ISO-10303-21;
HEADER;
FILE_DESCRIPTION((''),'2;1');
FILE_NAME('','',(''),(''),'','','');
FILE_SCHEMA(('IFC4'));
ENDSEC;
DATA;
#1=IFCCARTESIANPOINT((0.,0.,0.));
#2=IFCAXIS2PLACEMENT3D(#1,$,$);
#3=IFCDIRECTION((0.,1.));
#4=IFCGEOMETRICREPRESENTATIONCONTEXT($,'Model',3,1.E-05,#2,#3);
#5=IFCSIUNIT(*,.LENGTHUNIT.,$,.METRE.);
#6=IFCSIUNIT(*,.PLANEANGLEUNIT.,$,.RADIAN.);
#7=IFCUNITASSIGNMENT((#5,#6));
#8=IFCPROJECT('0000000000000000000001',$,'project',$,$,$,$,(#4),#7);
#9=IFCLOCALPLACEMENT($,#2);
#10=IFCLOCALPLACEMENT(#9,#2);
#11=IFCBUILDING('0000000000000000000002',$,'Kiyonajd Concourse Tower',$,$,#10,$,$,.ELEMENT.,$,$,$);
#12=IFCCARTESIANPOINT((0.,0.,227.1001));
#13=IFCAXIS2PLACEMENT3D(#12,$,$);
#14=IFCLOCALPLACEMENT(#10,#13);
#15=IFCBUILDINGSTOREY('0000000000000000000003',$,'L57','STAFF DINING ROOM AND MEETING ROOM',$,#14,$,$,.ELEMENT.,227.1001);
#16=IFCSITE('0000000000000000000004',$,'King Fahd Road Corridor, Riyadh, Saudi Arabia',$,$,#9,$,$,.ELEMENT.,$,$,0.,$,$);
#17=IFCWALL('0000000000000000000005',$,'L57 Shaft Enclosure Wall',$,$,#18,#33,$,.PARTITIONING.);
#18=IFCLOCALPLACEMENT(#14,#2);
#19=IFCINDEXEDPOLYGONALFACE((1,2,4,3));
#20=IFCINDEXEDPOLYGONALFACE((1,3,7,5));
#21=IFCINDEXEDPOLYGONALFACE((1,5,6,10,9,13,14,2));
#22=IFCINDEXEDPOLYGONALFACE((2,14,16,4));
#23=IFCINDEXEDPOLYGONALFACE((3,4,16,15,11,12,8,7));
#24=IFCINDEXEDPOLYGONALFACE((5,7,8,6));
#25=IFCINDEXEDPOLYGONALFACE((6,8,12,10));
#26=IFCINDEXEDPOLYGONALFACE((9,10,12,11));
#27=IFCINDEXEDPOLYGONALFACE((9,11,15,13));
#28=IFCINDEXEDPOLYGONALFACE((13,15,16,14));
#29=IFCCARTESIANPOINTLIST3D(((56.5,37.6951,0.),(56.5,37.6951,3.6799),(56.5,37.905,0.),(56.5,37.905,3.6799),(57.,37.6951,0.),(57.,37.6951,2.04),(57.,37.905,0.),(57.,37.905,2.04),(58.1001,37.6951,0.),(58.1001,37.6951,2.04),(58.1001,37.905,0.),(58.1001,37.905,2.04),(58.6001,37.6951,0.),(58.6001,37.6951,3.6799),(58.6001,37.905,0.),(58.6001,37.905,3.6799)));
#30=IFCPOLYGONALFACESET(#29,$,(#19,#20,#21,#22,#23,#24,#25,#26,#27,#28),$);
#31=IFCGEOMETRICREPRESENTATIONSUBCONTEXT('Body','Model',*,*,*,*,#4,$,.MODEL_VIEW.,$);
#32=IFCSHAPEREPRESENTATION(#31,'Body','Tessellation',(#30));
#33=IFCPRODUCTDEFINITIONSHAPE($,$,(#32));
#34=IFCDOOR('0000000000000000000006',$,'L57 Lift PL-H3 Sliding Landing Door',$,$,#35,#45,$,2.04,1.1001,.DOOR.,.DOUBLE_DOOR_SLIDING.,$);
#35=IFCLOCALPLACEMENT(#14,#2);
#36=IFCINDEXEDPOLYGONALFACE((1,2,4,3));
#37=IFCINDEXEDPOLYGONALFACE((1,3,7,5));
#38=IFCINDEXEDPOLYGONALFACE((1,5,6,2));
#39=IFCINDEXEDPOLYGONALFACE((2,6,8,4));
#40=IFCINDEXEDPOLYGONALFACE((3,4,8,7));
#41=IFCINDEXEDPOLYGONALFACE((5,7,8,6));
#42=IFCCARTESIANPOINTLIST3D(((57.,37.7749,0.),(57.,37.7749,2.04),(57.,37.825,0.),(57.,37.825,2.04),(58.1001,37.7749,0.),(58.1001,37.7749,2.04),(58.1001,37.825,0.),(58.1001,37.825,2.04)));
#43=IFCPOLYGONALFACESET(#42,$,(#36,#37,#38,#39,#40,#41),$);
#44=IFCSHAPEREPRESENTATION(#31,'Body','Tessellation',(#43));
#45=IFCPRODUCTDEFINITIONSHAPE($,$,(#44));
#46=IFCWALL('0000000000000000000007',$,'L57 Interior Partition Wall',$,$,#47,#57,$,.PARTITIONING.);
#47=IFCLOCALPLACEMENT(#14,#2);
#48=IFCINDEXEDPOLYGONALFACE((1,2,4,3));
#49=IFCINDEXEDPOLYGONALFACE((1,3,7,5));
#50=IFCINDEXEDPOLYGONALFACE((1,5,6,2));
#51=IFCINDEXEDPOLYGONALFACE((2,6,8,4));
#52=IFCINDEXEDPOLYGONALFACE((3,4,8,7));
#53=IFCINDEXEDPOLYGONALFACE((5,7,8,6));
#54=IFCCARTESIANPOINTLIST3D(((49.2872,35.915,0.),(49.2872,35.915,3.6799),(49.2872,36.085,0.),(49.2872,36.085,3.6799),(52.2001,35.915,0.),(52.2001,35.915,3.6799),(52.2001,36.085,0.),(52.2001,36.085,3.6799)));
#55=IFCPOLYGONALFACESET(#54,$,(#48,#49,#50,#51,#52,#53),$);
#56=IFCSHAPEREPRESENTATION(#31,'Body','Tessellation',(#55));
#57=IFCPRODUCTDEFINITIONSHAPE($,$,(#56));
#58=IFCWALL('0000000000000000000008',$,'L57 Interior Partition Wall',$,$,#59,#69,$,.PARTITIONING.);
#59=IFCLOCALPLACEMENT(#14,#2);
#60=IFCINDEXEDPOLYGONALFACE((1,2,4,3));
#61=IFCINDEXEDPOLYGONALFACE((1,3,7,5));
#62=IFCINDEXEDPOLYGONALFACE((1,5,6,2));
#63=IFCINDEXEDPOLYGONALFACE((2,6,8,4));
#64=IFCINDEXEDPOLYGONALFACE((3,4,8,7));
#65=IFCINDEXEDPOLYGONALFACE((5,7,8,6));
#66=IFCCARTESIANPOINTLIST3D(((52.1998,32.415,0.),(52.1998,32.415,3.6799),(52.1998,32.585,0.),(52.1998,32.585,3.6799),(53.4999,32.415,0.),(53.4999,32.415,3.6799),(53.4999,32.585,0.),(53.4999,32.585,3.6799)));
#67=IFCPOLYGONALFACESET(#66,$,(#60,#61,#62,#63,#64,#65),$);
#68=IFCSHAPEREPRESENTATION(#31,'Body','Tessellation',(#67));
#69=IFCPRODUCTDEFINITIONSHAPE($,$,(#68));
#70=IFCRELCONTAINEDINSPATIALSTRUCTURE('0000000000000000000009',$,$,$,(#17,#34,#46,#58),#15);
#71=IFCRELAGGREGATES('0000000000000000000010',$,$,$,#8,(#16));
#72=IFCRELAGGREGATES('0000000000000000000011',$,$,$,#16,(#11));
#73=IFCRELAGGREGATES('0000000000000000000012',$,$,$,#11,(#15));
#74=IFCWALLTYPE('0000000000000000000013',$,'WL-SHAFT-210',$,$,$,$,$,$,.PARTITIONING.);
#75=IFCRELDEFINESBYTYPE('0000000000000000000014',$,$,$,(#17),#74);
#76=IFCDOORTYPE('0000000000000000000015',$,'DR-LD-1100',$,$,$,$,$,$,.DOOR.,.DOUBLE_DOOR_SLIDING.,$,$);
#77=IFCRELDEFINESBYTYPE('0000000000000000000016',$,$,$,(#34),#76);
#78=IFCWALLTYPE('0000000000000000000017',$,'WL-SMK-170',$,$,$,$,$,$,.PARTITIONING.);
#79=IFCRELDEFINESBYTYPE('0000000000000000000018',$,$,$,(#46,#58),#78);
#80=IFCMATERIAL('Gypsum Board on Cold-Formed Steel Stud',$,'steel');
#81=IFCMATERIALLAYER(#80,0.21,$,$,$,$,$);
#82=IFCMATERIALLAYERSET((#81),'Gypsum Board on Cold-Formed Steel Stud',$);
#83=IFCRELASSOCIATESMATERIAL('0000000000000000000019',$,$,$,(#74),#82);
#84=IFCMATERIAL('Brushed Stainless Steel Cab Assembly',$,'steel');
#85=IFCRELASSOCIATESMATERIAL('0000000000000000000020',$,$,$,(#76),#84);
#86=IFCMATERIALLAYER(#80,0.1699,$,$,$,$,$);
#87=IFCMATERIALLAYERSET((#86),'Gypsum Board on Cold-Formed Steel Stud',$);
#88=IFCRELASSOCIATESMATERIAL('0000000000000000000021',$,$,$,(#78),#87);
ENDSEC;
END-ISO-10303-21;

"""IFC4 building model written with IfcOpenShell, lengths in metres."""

from ifc_helpers import new_model, si_unit, direction, frame, frame_2d, origin, place, context, subcontext, project, spatial, rectangle, extrude, material, layer, layer_set, type_object, element, fill, save


model = new_model("IFC4")

# Units and contexts
model_context = context("Model", 3, precision=1e-05, world=origin(), true_north=direction((0.0, 1.0)))
body_context = subcontext(model_context, "Body", "Model", "MODEL_VIEW")
ifc_project = project(units=[si_unit("LENGTHUNIT", "METRE"), si_unit("PLANEANGLEUNIT", "RADIAN")], contexts=[model_context])

# Site, building, storey
site_placement = place(None, origin())
site = spatial("IfcSite", under=ifc_project, at=site_placement, Name="King Fahd Road Corridor, Riyadh, Saudi Arabia", CompositionType="ELEMENT", RefElevation=0.0)
building_placement = place(site_placement, origin())
building = spatial("IfcBuilding", under=site, at=building_placement, Name="Kiyonajd Concourse Tower", CompositionType="ELEMENT")
storey_placement = place(building_placement, frame((0.0, 0.0, 227.1001)))
storey = spatial("IfcBuildingStorey", under=building, at=storey_placement, Name="L57", Description="STAFF DINING ROOM AND MEETING ROOM", CompositionType="ELEMENT", Elevation=227.1001)

# Shared definitions
ifc_material_1 = material(Name="Gypsum Board on Cold-Formed Steel Stud", Category="steel")

# Shared definitions
ifc_layer_1 = layer(ifc_material_1, 0.21)
ifc_layer_set_1 = layer_set([ifc_layer_1], Name="Gypsum Board on Cold-Formed Steel Stud")
wall_type_1 = type_object("IfcWallType", Name="WL-SHAFT-210", PredefinedType="PARTITIONING", material=ifc_layer_set_1)
ifc_material_2 = material(Name="Brushed Stainless Steel Cab Assembly", Category="steel")

# Wall, opening, door
door_type_1 = type_object("IfcDoorType", Name="DR-LD-1100", OperationType="DOUBLE_DOOR_SLIDING", PredefinedType="DOOR", material=ifc_material_2)
wall_1_placement = place(storey_placement, frame((56.5, 37.8, 0.0), z_axis=(0.0, 0.0, 1.0), x_axis=(1.0, 0.0, 0.0)))
wall_1 = element("IfcWall", 1, at=wall_1_placement, inside=storey, type_object=wall_type_1, Name="L57 Shaft Enclosure Wall", PredefinedType="PARTITIONING", context=body_context, shape_type="SweptSolid", body=[
    extrude(rectangle(XDim=2.1001, YDim=0.21, at=frame_2d((1.05, 0.0))), origin(), (0.0, 0.0, 1.0), 3.6799),
])
opening_1_placement = place(wall_1_placement, frame((0.5, 0.0, 0.0)))
opening_1 = element("IfcOpeningElement", 2, at=opening_1_placement, cuts=wall_1, PredefinedType="OPENING", context=body_context, shape_type="SweptSolid", body=[
    extrude(rectangle(XDim=1.1001, YDim=2.04, at=frame_2d((0.55, 1.02))), frame((0.0, 0.115, 0.0), z_axis=(0.0, -1.0, 0.0), x_axis=(1.0, 0.0, 0.0)), (0.0, 0.0, 1.0), 0.23),
])
door_1_placement = place(opening_1_placement, origin())
door_1 = element("IfcDoor", 3, at=door_1_placement, inside=storey, type_object=door_type_1, Name="L57 Lift PL-H3 Sliding Landing Door", OperationType="DOUBLE_DOOR_SLIDING", OverallHeight=2.04, OverallWidth=1.1001, PredefinedType="DOOR", context=body_context, shape_type="SweptSolid", body=[
    extrude(rectangle(XDim=1.1001, YDim=2.04, at=frame_2d((0.55, 1.02))), frame((0.0, 0.0249, 0.0), z_axis=(0.0, -1.0, 0.0), x_axis=(1.0, 0.0, 0.0)), (0.0, 0.0, 1.0), 0.05),
])
fill(opening_1, door_1)

# Walls
ifc_layer_2 = layer(ifc_material_1, 0.1699)
ifc_layer_set_2 = layer_set([ifc_layer_2], Name="Gypsum Board on Cold-Formed Steel Stud")
wall_type_2 = type_object("IfcWallType", Name="WL-SMK-170", PredefinedType="PARTITIONING", material=ifc_layer_set_2)
wall_2_placement = place(storey_placement, frame((49.2871, 36.0, 0.0), z_axis=(0.0, 0.0, 1.0), x_axis=(1.0, 0.0, 0.0)))
element("IfcWall", 4, at=wall_2_placement, inside=storey, type_object=wall_type_2, Name="L57 Interior Partition Wall", PredefinedType="PARTITIONING", context=body_context, shape_type="SweptSolid", body=[
    extrude(rectangle(XDim=2.9128, YDim=0.1699, at=frame_2d((1.4565, 0.0))), origin(), (0.0, 0.0, 1.0), 3.6799),
])
wall_3_placement = place(storey_placement, frame((52.2, 32.5, 0.0), z_axis=(0.0, 0.0, 1.0), x_axis=(1.0, 0.0, 0.0)))
element("IfcWall", 5, at=wall_3_placement, inside=storey, type_object=wall_type_2, Name="L57 Interior Partition Wall", PredefinedType="PARTITIONING", context=body_context, shape_type="SweptSolid", body=[
    extrude(rectangle(XDim=1.3, YDim=0.1699, at=frame_2d((0.6499, 0.0))), origin(), (0.0, 0.0, 1.0), 3.6799),
])

save(model, "model.ifc")
